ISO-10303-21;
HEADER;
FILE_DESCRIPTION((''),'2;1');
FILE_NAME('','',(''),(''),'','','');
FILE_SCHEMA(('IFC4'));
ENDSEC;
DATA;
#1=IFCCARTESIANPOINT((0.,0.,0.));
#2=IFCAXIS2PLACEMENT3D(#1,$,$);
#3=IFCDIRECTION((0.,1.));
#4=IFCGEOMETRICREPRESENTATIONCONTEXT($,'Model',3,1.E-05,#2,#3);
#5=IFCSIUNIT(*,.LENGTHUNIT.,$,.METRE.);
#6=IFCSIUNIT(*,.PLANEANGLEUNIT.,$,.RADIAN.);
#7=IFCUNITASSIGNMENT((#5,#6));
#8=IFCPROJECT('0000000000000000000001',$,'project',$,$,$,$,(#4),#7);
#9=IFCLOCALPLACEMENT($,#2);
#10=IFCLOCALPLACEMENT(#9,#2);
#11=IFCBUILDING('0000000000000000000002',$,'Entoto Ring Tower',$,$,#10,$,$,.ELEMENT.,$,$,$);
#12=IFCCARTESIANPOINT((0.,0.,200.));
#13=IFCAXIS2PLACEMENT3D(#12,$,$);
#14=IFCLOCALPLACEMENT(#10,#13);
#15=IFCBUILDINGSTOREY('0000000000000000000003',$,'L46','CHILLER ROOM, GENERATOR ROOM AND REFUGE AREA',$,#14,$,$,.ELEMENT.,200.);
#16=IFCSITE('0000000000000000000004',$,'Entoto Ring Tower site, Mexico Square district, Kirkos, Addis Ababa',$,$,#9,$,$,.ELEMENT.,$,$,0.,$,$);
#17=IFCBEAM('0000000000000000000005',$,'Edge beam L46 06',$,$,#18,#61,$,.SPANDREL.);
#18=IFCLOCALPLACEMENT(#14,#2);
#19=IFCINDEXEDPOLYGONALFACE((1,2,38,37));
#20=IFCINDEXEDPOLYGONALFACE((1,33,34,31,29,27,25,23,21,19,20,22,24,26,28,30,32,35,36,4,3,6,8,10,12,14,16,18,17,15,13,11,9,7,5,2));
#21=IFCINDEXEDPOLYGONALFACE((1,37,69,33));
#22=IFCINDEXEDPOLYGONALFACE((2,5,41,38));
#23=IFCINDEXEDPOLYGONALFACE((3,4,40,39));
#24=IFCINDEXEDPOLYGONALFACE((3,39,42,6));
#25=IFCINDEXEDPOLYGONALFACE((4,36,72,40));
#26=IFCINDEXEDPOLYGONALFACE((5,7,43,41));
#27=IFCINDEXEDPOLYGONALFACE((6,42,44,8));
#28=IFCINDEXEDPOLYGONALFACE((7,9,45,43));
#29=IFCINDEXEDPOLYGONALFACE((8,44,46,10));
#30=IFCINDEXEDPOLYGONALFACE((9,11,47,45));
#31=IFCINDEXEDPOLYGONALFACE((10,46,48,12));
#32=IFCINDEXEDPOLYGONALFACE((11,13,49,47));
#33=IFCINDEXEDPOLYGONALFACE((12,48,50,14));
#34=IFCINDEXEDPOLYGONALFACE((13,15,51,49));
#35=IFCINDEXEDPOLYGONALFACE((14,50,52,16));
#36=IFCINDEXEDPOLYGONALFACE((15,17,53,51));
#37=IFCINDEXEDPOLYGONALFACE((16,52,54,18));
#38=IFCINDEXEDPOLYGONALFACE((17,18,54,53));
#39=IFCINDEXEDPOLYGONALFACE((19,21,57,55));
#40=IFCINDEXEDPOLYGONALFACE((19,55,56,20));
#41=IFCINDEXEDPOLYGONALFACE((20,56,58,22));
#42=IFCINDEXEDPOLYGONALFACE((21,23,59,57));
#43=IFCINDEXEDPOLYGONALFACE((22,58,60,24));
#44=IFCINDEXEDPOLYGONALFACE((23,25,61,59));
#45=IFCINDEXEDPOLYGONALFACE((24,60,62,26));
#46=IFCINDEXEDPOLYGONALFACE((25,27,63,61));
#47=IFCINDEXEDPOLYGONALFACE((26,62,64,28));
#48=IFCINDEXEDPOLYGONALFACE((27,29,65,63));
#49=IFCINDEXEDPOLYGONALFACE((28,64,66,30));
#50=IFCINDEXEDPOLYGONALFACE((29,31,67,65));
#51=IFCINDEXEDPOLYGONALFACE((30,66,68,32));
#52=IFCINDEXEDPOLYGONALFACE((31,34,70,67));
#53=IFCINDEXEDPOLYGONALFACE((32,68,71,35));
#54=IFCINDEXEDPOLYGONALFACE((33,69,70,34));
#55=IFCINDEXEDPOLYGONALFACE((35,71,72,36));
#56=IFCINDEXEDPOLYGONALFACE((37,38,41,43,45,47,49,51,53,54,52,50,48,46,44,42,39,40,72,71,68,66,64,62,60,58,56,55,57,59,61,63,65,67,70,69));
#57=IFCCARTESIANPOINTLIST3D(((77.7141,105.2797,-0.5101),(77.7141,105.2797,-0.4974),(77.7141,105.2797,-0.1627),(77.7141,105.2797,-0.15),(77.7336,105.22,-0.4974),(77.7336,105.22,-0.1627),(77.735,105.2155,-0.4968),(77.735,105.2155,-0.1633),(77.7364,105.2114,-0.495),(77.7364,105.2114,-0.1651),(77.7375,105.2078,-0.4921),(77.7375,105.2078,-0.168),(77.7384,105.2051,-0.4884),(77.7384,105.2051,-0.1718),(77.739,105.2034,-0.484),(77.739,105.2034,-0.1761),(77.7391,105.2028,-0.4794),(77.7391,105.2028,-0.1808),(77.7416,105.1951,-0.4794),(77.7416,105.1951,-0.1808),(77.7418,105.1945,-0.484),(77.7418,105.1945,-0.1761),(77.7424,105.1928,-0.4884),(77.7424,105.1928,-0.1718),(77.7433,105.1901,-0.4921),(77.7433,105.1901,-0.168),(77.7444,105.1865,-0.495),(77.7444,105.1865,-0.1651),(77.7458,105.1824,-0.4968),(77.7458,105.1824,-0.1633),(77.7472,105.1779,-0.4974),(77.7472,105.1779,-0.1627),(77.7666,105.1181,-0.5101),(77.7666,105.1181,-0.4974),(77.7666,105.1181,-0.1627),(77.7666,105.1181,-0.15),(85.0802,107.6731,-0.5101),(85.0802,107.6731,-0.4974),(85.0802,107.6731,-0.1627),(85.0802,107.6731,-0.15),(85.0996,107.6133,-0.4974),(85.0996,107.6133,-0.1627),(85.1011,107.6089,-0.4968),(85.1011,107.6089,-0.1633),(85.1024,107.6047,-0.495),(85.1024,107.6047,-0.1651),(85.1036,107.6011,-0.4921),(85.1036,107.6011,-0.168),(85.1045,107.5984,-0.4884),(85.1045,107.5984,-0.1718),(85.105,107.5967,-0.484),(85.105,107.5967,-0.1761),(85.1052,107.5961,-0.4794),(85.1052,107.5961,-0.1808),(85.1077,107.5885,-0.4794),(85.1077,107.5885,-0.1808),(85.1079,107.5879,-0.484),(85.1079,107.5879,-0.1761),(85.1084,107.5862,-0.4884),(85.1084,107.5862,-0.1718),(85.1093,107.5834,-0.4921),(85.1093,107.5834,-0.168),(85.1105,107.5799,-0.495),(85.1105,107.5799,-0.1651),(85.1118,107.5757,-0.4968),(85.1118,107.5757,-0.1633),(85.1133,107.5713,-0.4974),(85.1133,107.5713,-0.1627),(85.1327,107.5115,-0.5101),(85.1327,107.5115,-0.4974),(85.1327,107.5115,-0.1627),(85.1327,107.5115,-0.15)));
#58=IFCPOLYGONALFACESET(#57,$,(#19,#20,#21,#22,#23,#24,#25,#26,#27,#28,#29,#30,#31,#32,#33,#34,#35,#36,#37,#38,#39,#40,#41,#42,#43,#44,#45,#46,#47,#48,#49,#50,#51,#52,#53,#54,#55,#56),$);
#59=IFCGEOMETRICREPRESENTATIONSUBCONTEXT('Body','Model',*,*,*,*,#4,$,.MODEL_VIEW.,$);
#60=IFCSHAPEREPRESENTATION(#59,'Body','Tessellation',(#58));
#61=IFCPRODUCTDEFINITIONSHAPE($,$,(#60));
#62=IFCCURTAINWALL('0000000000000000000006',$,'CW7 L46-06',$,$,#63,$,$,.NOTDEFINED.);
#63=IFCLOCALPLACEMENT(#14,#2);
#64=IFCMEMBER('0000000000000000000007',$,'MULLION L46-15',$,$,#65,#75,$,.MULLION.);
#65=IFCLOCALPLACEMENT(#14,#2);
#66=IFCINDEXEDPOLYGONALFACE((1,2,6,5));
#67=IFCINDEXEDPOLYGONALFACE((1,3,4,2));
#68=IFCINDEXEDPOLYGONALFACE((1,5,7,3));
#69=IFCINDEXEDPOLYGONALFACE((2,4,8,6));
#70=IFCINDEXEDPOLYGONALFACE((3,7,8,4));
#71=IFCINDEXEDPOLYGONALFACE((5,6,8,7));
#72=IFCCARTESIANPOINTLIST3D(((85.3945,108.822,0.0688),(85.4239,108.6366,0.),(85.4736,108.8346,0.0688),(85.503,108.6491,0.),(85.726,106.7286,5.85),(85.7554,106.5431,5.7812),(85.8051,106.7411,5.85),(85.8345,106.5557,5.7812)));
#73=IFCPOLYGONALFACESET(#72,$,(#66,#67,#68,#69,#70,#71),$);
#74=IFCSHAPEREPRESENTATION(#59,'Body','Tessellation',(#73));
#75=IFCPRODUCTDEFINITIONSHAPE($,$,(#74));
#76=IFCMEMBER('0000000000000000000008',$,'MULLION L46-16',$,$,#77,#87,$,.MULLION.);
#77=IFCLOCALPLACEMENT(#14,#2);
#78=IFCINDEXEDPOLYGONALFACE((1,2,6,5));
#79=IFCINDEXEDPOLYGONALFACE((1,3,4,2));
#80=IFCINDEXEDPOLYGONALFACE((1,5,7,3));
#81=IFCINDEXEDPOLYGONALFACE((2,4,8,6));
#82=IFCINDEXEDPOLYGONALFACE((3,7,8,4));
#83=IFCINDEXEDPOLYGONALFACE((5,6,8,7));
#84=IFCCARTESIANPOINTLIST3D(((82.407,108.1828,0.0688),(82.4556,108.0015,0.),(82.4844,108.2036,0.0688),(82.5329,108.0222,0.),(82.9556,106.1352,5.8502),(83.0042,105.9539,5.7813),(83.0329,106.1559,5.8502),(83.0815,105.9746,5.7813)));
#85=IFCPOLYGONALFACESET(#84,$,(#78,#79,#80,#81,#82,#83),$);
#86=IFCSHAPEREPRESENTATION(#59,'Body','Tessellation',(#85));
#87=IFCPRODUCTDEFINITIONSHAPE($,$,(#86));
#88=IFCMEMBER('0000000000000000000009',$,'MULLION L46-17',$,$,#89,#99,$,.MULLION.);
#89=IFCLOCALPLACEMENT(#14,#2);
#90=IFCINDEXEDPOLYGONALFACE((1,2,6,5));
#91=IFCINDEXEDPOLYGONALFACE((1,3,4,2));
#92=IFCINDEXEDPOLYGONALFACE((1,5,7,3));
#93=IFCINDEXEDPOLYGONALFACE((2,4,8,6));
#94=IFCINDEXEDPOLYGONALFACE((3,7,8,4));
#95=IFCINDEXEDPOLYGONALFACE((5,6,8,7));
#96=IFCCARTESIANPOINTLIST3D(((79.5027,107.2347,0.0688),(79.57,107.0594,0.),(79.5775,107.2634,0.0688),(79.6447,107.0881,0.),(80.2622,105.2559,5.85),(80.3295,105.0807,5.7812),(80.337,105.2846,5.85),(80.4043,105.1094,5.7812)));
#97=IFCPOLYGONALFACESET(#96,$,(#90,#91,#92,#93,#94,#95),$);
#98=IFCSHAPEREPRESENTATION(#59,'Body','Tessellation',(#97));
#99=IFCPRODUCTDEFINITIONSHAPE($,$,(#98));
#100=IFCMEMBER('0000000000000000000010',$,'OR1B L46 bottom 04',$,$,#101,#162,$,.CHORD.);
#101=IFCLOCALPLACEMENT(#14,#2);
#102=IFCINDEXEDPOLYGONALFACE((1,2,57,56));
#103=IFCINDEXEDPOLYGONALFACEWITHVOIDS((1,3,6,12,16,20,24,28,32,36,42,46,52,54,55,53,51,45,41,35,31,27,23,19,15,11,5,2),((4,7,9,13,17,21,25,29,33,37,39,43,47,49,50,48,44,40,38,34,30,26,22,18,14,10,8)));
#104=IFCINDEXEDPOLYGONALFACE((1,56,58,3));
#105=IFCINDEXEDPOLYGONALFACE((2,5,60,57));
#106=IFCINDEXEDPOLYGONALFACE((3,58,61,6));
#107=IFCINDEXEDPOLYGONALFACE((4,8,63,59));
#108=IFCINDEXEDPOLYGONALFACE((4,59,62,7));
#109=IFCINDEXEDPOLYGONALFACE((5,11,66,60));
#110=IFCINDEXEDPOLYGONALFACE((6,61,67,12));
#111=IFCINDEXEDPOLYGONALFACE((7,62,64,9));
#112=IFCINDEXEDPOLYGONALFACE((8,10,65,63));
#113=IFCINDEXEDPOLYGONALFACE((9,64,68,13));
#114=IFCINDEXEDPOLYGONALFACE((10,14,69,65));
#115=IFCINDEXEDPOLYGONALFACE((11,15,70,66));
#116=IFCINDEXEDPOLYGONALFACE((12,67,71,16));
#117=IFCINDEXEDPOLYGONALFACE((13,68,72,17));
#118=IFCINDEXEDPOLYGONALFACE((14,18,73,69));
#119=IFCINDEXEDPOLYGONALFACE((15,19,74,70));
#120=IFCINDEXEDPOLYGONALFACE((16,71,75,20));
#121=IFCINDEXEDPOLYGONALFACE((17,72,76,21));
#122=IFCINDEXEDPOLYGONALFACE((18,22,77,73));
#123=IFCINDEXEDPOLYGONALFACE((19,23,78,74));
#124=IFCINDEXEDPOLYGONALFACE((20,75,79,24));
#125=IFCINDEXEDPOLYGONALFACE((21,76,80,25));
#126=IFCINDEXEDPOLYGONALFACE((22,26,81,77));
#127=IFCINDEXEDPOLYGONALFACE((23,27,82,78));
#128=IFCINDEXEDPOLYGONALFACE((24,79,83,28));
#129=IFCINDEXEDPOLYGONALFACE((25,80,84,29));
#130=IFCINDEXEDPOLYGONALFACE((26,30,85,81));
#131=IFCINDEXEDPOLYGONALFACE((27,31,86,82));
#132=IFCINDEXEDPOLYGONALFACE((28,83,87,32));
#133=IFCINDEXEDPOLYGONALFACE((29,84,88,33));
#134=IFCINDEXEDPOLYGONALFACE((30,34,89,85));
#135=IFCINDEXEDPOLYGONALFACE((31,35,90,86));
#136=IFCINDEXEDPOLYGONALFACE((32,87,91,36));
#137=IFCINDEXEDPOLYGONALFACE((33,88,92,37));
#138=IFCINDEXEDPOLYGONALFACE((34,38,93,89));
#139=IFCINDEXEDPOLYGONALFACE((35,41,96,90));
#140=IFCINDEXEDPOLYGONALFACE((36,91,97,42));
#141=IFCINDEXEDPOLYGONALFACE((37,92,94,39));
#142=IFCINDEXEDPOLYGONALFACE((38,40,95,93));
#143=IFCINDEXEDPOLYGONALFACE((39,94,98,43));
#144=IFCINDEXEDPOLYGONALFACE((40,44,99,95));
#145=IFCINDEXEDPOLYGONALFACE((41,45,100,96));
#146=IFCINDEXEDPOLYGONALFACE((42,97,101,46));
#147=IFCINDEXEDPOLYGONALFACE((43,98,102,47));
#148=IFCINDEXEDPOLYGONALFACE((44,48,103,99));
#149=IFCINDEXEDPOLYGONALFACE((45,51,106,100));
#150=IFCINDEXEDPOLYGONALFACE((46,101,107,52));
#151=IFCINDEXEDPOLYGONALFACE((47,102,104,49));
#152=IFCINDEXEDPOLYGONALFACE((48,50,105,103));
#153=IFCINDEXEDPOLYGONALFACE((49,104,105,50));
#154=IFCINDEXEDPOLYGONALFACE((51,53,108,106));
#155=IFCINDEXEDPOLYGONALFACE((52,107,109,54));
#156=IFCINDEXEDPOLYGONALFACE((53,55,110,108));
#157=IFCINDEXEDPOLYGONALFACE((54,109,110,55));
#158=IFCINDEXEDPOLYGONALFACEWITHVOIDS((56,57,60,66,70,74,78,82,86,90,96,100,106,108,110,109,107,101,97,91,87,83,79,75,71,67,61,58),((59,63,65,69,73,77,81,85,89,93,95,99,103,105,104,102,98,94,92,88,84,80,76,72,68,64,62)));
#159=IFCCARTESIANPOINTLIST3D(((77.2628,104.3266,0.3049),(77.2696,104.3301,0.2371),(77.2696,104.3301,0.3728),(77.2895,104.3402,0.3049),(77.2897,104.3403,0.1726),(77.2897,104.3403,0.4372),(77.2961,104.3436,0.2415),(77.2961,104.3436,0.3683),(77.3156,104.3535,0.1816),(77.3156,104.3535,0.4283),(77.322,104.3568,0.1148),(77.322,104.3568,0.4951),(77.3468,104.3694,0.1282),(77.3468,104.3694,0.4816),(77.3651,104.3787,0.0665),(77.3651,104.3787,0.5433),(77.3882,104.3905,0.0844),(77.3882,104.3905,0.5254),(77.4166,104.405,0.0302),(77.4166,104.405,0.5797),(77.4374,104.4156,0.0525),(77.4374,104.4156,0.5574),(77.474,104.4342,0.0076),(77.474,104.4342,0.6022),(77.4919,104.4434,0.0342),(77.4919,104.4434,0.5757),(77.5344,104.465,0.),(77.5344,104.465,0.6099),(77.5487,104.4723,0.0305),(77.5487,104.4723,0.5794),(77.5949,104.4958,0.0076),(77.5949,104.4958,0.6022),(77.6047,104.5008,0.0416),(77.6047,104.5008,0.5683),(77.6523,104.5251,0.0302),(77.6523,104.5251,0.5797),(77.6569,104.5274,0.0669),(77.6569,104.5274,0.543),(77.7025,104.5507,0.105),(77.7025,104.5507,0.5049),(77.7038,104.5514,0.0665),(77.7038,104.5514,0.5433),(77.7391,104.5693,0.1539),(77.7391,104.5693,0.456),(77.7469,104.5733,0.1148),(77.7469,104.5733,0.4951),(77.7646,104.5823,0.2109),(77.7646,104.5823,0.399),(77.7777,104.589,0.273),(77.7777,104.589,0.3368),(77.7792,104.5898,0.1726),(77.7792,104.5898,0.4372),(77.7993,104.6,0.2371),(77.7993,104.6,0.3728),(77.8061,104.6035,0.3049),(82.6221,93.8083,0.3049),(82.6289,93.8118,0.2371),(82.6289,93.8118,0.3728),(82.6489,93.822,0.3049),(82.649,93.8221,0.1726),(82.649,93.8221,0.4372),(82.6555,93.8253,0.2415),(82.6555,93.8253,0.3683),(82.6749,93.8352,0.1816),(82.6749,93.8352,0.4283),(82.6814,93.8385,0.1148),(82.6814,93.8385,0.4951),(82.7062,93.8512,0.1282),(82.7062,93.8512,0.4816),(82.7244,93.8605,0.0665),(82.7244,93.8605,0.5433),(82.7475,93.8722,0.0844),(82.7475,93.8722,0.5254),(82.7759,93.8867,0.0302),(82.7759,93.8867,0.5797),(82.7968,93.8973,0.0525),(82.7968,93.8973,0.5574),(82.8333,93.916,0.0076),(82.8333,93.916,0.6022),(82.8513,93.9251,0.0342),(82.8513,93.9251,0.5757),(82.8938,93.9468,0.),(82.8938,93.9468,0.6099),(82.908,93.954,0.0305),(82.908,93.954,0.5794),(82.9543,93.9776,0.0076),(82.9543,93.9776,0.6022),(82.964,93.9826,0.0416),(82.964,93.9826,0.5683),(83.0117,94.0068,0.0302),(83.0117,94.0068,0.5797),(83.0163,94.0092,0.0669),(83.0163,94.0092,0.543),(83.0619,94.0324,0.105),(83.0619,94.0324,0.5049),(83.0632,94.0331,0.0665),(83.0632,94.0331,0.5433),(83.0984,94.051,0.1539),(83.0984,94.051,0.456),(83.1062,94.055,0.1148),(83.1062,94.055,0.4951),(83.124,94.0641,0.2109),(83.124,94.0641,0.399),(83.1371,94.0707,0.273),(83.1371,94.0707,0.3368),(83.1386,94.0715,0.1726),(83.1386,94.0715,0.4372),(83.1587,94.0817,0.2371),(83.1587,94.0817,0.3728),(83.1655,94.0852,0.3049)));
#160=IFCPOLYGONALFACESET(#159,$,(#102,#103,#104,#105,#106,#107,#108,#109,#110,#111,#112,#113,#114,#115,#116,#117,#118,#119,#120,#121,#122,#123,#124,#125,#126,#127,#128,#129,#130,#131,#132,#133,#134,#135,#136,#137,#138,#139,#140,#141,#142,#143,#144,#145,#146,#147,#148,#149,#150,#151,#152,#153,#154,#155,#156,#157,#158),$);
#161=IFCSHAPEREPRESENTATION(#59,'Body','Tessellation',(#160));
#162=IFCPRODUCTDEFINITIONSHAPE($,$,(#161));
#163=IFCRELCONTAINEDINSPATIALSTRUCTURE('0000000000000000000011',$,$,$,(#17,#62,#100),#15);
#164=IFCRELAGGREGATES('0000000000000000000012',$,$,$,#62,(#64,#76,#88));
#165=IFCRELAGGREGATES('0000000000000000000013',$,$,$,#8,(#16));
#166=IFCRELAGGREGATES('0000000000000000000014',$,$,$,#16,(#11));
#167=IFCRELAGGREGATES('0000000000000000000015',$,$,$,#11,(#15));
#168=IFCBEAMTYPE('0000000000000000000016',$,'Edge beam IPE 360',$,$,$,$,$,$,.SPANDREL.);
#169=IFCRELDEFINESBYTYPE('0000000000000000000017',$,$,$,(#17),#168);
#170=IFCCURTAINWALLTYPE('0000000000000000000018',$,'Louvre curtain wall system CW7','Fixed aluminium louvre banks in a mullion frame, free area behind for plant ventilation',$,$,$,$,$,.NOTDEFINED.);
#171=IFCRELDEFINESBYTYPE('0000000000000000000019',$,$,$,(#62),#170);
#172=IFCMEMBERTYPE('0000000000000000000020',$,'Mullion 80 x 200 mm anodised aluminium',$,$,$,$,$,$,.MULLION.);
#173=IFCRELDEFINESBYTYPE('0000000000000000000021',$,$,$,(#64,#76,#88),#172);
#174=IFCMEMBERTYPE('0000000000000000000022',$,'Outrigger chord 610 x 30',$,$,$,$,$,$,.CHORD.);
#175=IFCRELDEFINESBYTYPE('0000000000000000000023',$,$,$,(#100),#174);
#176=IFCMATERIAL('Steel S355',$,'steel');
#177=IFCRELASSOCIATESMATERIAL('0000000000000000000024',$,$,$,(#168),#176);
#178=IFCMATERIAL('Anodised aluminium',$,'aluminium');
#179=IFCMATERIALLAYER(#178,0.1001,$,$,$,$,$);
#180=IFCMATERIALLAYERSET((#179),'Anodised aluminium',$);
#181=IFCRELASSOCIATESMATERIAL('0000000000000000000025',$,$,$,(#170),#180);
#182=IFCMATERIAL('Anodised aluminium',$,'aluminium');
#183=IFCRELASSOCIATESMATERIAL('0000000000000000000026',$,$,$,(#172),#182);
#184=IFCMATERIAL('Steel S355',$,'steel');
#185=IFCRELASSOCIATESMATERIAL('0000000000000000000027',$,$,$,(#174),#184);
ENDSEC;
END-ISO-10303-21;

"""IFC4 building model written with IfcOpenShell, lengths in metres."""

from ifc_helpers import new_model, si_unit, direction, frame, origin, origin_2d, place, context, subcontext, project, spatial, rectangle, circle, hollow_circle, i_section, extrude, material, layer, layer_set, material_profile, profile_set, type_object, element, aggregate, save


model = new_model("IFC4")

# Units and contexts
model_context = context("Model", 3, precision=1e-05, world=origin(), true_north=direction((0.0, 1.0)))
body_context = subcontext(model_context, "Body", "Model", "MODEL_VIEW")
ifc_project = project(units=[si_unit("LENGTHUNIT", "METRE"), si_unit("PLANEANGLEUNIT", "RADIAN")], contexts=[model_context])

# Site, building, storey
site_placement = place(None, origin())
site = spatial("IfcSite", under=ifc_project, at=site_placement, Name="Entoto Ring Tower site, Mexico Square district, Kirkos, Addis Ababa", CompositionType="ELEMENT", RefElevation=0.0)
building_placement = place(site_placement, origin())
building = spatial("IfcBuilding", under=site, at=building_placement, Name="Entoto Ring Tower", CompositionType="ELEMENT")
storey_placement = place(building_placement, frame((0.0, 0.0, 200.0)))
storey = spatial("IfcBuildingStorey", under=building, at=storey_placement, Name="L46", Description="CHILLER ROOM, GENERATOR ROOM AND REFUGE AREA", CompositionType="ELEMENT", Elevation=200.0)

# Beam
ifc_material_1 = material(Name="Steel S355", Category="steel")
ifc_material_profile_1 = material_profile(ifc_material_1, i_section(OverallWidth=0.1699, OverallDepth=0.3601, WebThickness=0.0081, FlangeThickness=0.0127, FilletRadius=0.0181, at=origin_2d()), Name="IPE 360")
ifc_profile_set_1 = profile_set([ifc_material_profile_1], Name="Steel S355")
beam_type_1 = type_object("IfcBeamType", Name="Edge beam IPE 360", PredefinedType="SPANDREL", material=ifc_profile_set_1)
beam_1_placement = place(storey_placement, frame((85.1064, 107.5923, -0.3301), z_axis=(-0.951058, -0.309013, 0.0), x_axis=(0.309013, -0.951058, 0.0)))
element("IfcBeam", 1, at=beam_1_placement, inside=storey, type_object=beam_type_1, Name="Edge beam L46 06", PredefinedType="SPANDREL", context=body_context, shape_type="SweptSolid", body=[
    extrude(i_section(OverallWidth=0.1699, OverallDepth=0.3601, WebThickness=0.0081, FlangeThickness=0.0127, FilletRadius=0.0181, at=origin_2d()), origin(), (0.0, 0.0, 1.0), 7.7451),
])

# Curtain wall, members
ifc_material_2 = material(Name="Anodised aluminium", Category="aluminium")
ifc_layer_1 = layer(ifc_material_2, 0.1001)
ifc_layer_set_1 = layer_set([ifc_layer_1], Name="Anodised aluminium")
curtain_wall_type = type_object("IfcCurtainWallType", Name="Louvre curtain wall system CW7", Description="Fixed aluminium louvre banks in a mullion frame, free area behind for plant ventilation", PredefinedType="NOTDEFINED", material=ifc_layer_set_1)
curtain_wall_placement = place(storey_placement, origin())
curtain_wall = element("IfcCurtainWall", 2, at=curtain_wall_placement, inside=storey, type_object=curtain_wall_type, Name="CW7 L46-06", PredefinedType="NOTDEFINED")
ifc_material_3 = material(Name="Anodised aluminium", Category="aluminium")
ifc_material_profile_2 = material_profile(ifc_material_3, rectangle(XDim=0.0801, YDim=0.2, at=origin_2d()), Name="Mullion 80 x 200 mm anodised aluminium")
ifc_profile_set_2 = profile_set([ifc_material_profile_2], Name="Anodised aluminium")
member_type_1 = type_object("IfcMemberType", Name="Mullion 80 x 200 mm anodised aluminium", PredefinedType="MULLION", material=ifc_profile_set_2)
member_1_placement = place(storey_placement, frame((85.4487, 108.7356, 0.0344), z_axis=(0.053843, -0.33999, 0.938887), x_axis=(0.987691, 0.156418, 0.0)))
member_1 = element("IfcMember", 3, at=member_1_placement, type_object=member_type_1, Name="MULLION L46-15", PredefinedType="MULLION", context=body_context, shape_type="SweptSolid", body=[
    extrude(rectangle(XDim=0.0801, YDim=0.2, at=origin_2d()), origin(), (0.0, 0.0, 1.0), 6.1575),
])
member_2_placement = place(storey_placement, frame((82.47, 108.1025, 0.0344), z_axis=(0.08909, -0.332531, 0.938875), x_axis=(0.965934, 0.258788, 0.0)))
member_2 = element("IfcMember", 4, at=member_2_placement, type_object=member_type_1, Name="MULLION L46-16", PredefinedType="MULLION", context=body_context, shape_type="SweptSolid", body=[
    extrude(rectangle(XDim=0.0801, YDim=0.2, at=origin_2d()), origin(), (0.0, 0.0, 1.0), 6.1577),
])
member_3_placement = place(storey_placement, frame((79.5737, 107.1614, 0.0344), z_axis=(0.123348, -0.321356, 0.938891), x_axis=(0.933589, 0.358346, 0.0)))
member_3 = element("IfcMember", 5, at=member_3_placement, type_object=member_type_1, Name="MULLION L46-17", PredefinedType="MULLION", context=body_context, shape_type="SweptSolid", body=[
    extrude(rectangle(XDim=0.0801, YDim=0.2, at=origin_2d()), origin(), (0.0, 0.0, 1.0), 6.1575),
])
aggregate(curtain_wall, [member_1, member_2, member_3])

# Member
ifc_material_4 = material(Name="Steel S355", Category="steel")
ifc_material_profile_3 = material_profile(ifc_material_4, hollow_circle(Radius=0.3049, WallThickness=0.03, at=origin_2d()), Name="CHS 610 x 30")
ifc_material_5 = material(Name="Concrete C60/75", Category="concrete")
ifc_material_profile_4 = material_profile(ifc_material_5, circle(Radius=0.2749, at=origin_2d()), Name="Concrete C60/75 infill")
ifc_profile_set_3 = profile_set([ifc_material_profile_3, ifc_material_profile_4], Name="Steel S355")
member_type_2 = type_object("IfcMemberType", Name="Outrigger chord 610 x 30", PredefinedType="CHORD", material=ifc_profile_set_3)
member_4_placement = place(storey_placement, frame((82.8938, 93.9468, 0.3049), z_axis=(-0.453992, 0.891006, 0.0), x_axis=(-0.891006, -0.453992, 0.0)))
element("IfcMember", 6, at=member_4_placement, inside=storey, type_object=member_type_2, Name="OR1B L46 bottom 04", PredefinedType="CHORD", context=body_context, shape_type="SweptSolid", body=[
    extrude(hollow_circle(Radius=0.3049, WallThickness=0.03, at=origin_2d()), origin(), (0.0, 0.0, 1.0), 11.8049),
])

save(model, "model.ifc")
